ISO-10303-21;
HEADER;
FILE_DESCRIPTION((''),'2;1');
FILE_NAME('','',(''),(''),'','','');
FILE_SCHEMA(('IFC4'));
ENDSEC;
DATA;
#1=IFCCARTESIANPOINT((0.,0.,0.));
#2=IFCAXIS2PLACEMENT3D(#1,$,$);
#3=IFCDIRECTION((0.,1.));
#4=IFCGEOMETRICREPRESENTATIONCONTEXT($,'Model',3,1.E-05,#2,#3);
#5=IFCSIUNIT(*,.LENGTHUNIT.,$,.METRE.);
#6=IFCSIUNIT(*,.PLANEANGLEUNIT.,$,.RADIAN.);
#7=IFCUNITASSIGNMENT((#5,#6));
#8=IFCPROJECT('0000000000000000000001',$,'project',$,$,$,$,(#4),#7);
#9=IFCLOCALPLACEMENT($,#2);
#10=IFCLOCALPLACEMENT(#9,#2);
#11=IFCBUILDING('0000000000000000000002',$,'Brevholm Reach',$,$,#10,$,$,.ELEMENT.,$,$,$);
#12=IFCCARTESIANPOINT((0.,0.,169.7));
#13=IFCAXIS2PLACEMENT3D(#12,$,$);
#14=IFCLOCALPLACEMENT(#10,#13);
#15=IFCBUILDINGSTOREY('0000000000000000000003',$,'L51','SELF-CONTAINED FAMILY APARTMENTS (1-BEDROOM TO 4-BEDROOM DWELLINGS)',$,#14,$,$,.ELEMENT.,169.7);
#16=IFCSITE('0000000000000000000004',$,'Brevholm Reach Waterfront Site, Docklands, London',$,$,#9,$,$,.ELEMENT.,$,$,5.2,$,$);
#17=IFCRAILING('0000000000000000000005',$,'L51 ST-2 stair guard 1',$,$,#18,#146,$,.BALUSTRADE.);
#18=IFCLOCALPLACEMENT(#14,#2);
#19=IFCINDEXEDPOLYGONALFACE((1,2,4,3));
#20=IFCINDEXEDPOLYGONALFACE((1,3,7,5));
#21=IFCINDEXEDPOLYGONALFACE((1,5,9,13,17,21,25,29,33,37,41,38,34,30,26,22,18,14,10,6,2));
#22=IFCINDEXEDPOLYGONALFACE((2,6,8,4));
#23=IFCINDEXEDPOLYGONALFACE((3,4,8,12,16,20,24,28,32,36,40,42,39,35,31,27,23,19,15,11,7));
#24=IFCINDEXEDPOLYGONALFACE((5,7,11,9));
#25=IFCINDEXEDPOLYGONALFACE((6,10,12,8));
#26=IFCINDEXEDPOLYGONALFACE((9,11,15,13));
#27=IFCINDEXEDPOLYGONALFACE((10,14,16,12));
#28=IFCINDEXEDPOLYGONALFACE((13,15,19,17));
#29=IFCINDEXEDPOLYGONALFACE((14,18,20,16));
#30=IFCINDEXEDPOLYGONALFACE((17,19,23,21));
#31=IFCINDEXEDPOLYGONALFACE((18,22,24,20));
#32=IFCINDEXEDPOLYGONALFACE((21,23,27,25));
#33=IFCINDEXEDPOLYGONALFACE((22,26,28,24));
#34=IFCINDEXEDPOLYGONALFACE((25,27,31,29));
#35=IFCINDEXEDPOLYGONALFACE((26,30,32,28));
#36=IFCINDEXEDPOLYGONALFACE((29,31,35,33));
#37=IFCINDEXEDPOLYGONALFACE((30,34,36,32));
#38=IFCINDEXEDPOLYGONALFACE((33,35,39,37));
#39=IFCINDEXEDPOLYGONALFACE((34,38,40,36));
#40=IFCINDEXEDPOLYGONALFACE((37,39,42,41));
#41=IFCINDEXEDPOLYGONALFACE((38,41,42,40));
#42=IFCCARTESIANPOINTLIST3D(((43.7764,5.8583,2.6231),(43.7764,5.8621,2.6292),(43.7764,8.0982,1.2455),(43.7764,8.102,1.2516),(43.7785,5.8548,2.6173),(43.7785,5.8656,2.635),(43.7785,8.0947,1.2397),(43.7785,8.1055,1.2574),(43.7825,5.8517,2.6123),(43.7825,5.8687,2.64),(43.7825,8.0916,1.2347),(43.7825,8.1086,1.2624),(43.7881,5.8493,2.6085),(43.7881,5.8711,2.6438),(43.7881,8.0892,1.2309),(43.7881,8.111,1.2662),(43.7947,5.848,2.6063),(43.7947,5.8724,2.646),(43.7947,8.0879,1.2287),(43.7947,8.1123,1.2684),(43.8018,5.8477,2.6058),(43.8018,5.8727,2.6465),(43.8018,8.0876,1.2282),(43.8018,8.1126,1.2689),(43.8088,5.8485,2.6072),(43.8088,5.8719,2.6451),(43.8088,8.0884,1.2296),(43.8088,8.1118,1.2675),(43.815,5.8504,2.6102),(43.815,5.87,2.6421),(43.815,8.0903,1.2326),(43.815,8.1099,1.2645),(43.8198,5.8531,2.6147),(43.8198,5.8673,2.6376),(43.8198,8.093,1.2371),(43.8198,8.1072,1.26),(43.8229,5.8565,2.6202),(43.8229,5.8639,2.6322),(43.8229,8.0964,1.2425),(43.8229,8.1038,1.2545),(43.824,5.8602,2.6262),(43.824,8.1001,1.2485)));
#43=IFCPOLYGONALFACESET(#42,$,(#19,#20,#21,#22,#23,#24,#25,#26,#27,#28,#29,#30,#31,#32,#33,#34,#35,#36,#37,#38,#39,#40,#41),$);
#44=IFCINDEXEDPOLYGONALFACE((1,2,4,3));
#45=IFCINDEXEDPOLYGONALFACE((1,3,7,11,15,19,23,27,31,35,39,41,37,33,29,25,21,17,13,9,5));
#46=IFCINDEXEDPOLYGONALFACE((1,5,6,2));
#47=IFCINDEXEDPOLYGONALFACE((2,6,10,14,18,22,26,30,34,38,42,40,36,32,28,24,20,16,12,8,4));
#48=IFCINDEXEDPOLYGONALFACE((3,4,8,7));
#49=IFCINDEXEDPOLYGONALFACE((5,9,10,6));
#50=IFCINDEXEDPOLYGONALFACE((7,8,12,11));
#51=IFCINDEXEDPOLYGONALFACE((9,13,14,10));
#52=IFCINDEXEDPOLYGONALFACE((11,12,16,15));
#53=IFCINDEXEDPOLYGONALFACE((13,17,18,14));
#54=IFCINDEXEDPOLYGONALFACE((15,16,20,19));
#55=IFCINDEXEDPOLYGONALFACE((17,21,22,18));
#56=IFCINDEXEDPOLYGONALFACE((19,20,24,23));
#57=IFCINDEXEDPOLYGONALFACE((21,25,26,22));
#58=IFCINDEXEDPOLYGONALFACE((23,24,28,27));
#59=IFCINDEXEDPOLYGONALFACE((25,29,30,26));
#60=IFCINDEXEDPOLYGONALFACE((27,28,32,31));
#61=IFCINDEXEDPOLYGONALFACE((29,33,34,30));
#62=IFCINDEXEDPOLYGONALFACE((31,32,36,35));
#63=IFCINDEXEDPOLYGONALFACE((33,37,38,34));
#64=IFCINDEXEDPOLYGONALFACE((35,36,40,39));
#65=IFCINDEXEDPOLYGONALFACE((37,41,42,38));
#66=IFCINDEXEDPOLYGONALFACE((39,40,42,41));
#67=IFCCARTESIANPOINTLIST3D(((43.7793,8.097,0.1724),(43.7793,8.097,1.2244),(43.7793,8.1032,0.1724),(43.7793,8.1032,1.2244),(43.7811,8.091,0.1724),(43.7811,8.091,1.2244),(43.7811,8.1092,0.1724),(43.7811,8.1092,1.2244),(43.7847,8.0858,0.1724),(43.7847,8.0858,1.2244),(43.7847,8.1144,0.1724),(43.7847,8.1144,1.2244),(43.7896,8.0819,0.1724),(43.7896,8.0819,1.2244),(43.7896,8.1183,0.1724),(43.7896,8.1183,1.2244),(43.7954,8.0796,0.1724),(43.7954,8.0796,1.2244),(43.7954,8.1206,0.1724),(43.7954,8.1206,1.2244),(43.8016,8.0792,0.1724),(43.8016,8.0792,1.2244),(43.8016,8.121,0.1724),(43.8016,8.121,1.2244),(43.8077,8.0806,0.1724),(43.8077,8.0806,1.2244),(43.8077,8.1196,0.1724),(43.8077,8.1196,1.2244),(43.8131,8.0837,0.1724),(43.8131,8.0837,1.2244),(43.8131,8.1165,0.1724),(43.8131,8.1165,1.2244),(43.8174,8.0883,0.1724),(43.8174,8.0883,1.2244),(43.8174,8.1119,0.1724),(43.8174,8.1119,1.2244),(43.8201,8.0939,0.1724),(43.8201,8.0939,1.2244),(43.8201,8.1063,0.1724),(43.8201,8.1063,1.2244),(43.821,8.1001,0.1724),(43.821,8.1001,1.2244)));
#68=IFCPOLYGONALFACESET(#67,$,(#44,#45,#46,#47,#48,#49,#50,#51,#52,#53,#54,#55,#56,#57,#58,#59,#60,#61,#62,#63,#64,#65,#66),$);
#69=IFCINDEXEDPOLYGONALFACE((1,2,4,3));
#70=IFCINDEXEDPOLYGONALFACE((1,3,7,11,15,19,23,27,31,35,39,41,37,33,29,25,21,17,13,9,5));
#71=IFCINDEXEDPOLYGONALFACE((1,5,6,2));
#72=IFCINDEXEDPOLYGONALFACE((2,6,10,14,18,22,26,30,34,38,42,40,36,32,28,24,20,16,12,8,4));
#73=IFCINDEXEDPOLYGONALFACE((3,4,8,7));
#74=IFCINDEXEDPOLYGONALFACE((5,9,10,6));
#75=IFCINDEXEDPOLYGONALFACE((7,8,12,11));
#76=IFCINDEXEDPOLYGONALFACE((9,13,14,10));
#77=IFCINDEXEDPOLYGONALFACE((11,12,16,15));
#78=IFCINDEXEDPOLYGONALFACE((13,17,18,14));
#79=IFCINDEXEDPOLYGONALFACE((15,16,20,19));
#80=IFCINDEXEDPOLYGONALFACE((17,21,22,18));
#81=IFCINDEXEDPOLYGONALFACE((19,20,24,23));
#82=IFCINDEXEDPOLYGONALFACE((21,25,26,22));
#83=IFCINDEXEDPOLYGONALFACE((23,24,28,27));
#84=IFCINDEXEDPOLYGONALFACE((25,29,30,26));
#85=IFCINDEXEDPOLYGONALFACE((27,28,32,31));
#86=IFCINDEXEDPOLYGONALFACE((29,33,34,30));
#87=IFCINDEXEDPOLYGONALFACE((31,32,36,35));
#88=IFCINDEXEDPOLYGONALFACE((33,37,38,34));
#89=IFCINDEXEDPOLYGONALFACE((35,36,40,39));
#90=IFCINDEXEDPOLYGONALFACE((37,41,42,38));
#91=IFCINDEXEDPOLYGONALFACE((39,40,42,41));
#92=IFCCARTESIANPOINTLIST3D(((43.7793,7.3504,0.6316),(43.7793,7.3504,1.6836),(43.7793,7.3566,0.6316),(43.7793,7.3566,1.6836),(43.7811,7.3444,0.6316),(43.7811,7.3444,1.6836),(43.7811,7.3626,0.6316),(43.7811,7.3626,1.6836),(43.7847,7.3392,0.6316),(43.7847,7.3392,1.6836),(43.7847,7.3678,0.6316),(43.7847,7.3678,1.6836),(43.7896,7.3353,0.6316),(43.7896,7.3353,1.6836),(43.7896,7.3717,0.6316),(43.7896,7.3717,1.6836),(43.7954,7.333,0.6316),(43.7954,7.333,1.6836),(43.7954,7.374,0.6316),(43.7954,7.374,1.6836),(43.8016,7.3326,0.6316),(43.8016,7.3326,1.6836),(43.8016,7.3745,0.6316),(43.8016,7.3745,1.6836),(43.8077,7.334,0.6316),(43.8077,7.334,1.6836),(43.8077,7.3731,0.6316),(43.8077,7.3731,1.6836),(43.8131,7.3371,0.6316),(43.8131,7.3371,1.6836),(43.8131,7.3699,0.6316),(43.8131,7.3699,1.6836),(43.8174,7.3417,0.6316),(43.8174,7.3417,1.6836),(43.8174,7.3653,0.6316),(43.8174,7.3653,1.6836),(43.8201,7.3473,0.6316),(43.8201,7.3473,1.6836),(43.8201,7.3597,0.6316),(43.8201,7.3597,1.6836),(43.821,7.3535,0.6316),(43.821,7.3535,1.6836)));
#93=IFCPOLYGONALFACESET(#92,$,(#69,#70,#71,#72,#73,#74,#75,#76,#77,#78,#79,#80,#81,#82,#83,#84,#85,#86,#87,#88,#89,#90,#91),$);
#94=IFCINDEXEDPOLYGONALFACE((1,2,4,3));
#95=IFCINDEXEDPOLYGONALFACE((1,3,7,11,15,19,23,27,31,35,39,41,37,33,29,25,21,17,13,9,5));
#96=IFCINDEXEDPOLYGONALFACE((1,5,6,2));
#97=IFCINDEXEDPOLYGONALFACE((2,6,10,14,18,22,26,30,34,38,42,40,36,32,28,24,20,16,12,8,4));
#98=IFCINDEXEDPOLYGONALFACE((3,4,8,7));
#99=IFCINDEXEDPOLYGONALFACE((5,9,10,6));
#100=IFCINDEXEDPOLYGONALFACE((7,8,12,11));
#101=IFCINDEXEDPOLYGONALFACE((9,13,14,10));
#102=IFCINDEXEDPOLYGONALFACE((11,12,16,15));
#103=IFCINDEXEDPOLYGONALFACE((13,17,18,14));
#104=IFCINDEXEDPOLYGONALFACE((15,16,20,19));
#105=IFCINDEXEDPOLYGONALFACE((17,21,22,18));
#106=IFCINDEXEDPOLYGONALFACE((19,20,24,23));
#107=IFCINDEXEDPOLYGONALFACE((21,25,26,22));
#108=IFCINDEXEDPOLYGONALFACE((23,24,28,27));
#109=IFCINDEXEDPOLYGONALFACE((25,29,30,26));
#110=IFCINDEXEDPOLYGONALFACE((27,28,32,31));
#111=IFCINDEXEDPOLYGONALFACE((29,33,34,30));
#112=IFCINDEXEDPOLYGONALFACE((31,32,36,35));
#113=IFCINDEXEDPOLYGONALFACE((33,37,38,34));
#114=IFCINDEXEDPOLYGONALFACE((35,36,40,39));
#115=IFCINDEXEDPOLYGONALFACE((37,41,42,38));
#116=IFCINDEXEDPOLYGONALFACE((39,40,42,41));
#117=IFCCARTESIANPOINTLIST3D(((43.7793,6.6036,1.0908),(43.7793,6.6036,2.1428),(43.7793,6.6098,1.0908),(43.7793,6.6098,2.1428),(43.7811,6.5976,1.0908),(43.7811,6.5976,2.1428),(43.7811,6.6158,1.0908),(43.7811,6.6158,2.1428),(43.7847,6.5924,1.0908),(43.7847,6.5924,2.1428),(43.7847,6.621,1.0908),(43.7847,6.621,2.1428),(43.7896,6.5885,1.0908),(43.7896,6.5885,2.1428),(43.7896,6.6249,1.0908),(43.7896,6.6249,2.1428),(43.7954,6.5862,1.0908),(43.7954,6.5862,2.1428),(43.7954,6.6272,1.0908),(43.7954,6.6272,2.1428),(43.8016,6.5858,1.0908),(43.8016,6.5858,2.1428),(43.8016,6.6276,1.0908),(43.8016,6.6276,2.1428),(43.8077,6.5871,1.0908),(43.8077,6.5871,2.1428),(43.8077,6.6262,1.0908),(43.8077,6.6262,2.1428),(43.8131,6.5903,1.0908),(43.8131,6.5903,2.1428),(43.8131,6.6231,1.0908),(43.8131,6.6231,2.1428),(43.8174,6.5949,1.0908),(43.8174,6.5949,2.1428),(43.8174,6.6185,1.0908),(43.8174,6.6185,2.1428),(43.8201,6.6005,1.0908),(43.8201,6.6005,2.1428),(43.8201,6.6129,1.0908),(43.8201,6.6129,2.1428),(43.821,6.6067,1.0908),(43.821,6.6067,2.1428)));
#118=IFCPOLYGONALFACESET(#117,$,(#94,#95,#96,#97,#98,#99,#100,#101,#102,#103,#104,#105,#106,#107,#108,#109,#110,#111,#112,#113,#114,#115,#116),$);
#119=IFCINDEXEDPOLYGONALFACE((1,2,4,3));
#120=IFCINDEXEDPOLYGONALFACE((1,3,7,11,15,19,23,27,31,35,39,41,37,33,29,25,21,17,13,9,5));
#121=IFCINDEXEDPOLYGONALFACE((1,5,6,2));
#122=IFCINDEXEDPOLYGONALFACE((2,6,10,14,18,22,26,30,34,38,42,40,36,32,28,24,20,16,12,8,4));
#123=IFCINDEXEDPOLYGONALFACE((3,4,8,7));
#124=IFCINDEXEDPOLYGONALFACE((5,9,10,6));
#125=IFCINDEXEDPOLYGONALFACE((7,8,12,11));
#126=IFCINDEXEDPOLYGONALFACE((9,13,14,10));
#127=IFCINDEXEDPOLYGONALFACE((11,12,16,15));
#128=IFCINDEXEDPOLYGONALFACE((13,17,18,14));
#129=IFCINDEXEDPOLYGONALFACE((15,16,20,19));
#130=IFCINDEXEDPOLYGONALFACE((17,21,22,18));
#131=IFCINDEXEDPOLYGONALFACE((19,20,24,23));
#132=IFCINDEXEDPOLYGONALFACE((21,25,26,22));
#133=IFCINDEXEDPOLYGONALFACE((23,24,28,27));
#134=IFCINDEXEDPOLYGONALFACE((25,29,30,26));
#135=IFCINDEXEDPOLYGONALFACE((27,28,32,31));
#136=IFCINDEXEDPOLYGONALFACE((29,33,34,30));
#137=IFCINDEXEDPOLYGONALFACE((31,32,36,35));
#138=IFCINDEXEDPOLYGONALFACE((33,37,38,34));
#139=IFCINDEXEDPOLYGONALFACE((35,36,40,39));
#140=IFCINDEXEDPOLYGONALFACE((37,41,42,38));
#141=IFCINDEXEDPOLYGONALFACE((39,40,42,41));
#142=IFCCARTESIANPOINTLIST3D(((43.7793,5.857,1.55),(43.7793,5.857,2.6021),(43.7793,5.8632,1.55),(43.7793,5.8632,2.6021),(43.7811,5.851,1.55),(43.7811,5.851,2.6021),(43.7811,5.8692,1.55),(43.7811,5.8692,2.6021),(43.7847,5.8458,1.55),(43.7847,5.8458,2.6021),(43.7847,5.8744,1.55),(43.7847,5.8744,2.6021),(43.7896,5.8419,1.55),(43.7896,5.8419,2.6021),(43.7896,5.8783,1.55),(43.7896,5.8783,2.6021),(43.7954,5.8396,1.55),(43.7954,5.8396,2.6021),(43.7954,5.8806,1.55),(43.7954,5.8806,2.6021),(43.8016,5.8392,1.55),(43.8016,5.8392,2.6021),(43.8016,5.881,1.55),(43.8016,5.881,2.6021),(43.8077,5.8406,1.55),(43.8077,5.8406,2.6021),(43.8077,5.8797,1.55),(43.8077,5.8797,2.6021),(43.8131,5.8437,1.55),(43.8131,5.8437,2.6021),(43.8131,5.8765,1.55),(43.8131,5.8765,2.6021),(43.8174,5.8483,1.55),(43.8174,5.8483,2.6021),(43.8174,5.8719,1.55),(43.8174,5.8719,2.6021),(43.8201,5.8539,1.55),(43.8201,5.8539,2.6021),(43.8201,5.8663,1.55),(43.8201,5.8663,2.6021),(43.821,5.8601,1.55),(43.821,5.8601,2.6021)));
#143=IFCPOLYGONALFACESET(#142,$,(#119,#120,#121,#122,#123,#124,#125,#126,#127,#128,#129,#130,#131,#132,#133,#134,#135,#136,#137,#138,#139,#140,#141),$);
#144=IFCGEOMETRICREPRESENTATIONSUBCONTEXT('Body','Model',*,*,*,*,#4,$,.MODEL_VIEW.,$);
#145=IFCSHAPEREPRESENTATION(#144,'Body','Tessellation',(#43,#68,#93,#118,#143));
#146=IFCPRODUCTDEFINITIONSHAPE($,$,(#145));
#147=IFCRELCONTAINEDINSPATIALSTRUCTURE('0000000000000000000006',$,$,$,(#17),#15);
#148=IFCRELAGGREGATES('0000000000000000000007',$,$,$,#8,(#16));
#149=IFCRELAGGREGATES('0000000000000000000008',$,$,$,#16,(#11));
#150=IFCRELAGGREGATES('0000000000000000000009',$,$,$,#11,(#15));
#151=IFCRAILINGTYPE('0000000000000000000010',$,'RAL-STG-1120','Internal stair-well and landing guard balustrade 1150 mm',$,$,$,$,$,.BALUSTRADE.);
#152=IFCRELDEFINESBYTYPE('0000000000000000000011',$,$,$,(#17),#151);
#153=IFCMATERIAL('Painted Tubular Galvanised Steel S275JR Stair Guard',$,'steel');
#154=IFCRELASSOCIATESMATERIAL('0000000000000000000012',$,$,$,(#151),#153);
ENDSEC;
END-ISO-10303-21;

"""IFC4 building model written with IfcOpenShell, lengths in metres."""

from ifc_helpers import new_model, si_unit, direction, frame, origin, origin_2d, place, context, subcontext, project, spatial, circle, extrude, material, type_object, element, save


model = new_model("IFC4")

# Units and contexts
model_context = context("Model", 3, precision=1e-05, world=origin(), true_north=direction((0.0, 1.0)))
body_context = subcontext(model_context, "Body", "Model", "MODEL_VIEW")
ifc_project = project(units=[si_unit("LENGTHUNIT", "METRE"), si_unit("PLANEANGLEUNIT", "RADIAN")], contexts=[model_context])

# Site, building, storey
site_placement = place(None, origin())
site = spatial("IfcSite", under=ifc_project, at=site_placement, Name="Brevholm Reach Waterfront Site, Docklands, London", CompositionType="ELEMENT", RefElevation=5.2)
building_placement = place(site_placement, origin())
building = spatial("IfcBuilding", under=site, at=building_placement, Name="Brevholm Reach", CompositionType="ELEMENT")
storey_placement = place(building_placement, frame((0.0, 0.0, 169.7)))
storey = spatial("IfcBuildingStorey", under=building, at=storey_placement, Name="L51", Description="SELF-CONTAINED FAMILY APARTMENTS (1-BEDROOM TO 4-BEDROOM DWELLINGS)", CompositionType="ELEMENT", Elevation=169.7)

# Railing
ifc_material_1 = material(Name="Painted Tubular Galvanised Steel S275JR Stair Guard", Category="steel")
railing_type_1 = type_object("IfcRailingType", Name="RAL-STG-1120", Description="Internal stair-well and landing guard balustrade 1150 mm", PredefinedType="BALUSTRADE", material=ifc_material_1)
railing_1_placement = place(storey_placement, frame((43.8, 8.1001, 0.1724)))
element("IfcRailing", 1, at=railing_1_placement, inside=storey, type_object=railing_type_1, Name="L51 ST-2 stair guard 1", PredefinedType="BALUSTRADE", context=body_context, shape_type="SweptSolid", body=[
    extrude(circle(Radius=0.0239, at=origin_2d()), frame((0.0, 0.0, 1.0762), z_axis=(0.0, -0.851789, 0.523885), x_axis=(1.0, 0.0, 0.0)), (0.0, 0.0, 1.0), 2.6296),
    extrude(circle(Radius=0.021, at=origin_2d()), origin(), (0.0, 0.0, 1.0), 1.052),
    extrude(circle(Radius=0.021, at=origin_2d()), frame((0.0, -0.7466, 0.4592)), (0.0, 0.0, 1.0), 1.052),
    extrude(circle(Radius=0.021, at=origin_2d()), frame((0.0, -1.4934, 0.9185)), (0.0, 0.0, 1.0), 1.052),
    extrude(circle(Radius=0.021, at=origin_2d()), frame((0.0, -2.24, 1.3777)), (0.0, 0.0, 1.0), 1.052),
])

save(model, "model.ifc")
